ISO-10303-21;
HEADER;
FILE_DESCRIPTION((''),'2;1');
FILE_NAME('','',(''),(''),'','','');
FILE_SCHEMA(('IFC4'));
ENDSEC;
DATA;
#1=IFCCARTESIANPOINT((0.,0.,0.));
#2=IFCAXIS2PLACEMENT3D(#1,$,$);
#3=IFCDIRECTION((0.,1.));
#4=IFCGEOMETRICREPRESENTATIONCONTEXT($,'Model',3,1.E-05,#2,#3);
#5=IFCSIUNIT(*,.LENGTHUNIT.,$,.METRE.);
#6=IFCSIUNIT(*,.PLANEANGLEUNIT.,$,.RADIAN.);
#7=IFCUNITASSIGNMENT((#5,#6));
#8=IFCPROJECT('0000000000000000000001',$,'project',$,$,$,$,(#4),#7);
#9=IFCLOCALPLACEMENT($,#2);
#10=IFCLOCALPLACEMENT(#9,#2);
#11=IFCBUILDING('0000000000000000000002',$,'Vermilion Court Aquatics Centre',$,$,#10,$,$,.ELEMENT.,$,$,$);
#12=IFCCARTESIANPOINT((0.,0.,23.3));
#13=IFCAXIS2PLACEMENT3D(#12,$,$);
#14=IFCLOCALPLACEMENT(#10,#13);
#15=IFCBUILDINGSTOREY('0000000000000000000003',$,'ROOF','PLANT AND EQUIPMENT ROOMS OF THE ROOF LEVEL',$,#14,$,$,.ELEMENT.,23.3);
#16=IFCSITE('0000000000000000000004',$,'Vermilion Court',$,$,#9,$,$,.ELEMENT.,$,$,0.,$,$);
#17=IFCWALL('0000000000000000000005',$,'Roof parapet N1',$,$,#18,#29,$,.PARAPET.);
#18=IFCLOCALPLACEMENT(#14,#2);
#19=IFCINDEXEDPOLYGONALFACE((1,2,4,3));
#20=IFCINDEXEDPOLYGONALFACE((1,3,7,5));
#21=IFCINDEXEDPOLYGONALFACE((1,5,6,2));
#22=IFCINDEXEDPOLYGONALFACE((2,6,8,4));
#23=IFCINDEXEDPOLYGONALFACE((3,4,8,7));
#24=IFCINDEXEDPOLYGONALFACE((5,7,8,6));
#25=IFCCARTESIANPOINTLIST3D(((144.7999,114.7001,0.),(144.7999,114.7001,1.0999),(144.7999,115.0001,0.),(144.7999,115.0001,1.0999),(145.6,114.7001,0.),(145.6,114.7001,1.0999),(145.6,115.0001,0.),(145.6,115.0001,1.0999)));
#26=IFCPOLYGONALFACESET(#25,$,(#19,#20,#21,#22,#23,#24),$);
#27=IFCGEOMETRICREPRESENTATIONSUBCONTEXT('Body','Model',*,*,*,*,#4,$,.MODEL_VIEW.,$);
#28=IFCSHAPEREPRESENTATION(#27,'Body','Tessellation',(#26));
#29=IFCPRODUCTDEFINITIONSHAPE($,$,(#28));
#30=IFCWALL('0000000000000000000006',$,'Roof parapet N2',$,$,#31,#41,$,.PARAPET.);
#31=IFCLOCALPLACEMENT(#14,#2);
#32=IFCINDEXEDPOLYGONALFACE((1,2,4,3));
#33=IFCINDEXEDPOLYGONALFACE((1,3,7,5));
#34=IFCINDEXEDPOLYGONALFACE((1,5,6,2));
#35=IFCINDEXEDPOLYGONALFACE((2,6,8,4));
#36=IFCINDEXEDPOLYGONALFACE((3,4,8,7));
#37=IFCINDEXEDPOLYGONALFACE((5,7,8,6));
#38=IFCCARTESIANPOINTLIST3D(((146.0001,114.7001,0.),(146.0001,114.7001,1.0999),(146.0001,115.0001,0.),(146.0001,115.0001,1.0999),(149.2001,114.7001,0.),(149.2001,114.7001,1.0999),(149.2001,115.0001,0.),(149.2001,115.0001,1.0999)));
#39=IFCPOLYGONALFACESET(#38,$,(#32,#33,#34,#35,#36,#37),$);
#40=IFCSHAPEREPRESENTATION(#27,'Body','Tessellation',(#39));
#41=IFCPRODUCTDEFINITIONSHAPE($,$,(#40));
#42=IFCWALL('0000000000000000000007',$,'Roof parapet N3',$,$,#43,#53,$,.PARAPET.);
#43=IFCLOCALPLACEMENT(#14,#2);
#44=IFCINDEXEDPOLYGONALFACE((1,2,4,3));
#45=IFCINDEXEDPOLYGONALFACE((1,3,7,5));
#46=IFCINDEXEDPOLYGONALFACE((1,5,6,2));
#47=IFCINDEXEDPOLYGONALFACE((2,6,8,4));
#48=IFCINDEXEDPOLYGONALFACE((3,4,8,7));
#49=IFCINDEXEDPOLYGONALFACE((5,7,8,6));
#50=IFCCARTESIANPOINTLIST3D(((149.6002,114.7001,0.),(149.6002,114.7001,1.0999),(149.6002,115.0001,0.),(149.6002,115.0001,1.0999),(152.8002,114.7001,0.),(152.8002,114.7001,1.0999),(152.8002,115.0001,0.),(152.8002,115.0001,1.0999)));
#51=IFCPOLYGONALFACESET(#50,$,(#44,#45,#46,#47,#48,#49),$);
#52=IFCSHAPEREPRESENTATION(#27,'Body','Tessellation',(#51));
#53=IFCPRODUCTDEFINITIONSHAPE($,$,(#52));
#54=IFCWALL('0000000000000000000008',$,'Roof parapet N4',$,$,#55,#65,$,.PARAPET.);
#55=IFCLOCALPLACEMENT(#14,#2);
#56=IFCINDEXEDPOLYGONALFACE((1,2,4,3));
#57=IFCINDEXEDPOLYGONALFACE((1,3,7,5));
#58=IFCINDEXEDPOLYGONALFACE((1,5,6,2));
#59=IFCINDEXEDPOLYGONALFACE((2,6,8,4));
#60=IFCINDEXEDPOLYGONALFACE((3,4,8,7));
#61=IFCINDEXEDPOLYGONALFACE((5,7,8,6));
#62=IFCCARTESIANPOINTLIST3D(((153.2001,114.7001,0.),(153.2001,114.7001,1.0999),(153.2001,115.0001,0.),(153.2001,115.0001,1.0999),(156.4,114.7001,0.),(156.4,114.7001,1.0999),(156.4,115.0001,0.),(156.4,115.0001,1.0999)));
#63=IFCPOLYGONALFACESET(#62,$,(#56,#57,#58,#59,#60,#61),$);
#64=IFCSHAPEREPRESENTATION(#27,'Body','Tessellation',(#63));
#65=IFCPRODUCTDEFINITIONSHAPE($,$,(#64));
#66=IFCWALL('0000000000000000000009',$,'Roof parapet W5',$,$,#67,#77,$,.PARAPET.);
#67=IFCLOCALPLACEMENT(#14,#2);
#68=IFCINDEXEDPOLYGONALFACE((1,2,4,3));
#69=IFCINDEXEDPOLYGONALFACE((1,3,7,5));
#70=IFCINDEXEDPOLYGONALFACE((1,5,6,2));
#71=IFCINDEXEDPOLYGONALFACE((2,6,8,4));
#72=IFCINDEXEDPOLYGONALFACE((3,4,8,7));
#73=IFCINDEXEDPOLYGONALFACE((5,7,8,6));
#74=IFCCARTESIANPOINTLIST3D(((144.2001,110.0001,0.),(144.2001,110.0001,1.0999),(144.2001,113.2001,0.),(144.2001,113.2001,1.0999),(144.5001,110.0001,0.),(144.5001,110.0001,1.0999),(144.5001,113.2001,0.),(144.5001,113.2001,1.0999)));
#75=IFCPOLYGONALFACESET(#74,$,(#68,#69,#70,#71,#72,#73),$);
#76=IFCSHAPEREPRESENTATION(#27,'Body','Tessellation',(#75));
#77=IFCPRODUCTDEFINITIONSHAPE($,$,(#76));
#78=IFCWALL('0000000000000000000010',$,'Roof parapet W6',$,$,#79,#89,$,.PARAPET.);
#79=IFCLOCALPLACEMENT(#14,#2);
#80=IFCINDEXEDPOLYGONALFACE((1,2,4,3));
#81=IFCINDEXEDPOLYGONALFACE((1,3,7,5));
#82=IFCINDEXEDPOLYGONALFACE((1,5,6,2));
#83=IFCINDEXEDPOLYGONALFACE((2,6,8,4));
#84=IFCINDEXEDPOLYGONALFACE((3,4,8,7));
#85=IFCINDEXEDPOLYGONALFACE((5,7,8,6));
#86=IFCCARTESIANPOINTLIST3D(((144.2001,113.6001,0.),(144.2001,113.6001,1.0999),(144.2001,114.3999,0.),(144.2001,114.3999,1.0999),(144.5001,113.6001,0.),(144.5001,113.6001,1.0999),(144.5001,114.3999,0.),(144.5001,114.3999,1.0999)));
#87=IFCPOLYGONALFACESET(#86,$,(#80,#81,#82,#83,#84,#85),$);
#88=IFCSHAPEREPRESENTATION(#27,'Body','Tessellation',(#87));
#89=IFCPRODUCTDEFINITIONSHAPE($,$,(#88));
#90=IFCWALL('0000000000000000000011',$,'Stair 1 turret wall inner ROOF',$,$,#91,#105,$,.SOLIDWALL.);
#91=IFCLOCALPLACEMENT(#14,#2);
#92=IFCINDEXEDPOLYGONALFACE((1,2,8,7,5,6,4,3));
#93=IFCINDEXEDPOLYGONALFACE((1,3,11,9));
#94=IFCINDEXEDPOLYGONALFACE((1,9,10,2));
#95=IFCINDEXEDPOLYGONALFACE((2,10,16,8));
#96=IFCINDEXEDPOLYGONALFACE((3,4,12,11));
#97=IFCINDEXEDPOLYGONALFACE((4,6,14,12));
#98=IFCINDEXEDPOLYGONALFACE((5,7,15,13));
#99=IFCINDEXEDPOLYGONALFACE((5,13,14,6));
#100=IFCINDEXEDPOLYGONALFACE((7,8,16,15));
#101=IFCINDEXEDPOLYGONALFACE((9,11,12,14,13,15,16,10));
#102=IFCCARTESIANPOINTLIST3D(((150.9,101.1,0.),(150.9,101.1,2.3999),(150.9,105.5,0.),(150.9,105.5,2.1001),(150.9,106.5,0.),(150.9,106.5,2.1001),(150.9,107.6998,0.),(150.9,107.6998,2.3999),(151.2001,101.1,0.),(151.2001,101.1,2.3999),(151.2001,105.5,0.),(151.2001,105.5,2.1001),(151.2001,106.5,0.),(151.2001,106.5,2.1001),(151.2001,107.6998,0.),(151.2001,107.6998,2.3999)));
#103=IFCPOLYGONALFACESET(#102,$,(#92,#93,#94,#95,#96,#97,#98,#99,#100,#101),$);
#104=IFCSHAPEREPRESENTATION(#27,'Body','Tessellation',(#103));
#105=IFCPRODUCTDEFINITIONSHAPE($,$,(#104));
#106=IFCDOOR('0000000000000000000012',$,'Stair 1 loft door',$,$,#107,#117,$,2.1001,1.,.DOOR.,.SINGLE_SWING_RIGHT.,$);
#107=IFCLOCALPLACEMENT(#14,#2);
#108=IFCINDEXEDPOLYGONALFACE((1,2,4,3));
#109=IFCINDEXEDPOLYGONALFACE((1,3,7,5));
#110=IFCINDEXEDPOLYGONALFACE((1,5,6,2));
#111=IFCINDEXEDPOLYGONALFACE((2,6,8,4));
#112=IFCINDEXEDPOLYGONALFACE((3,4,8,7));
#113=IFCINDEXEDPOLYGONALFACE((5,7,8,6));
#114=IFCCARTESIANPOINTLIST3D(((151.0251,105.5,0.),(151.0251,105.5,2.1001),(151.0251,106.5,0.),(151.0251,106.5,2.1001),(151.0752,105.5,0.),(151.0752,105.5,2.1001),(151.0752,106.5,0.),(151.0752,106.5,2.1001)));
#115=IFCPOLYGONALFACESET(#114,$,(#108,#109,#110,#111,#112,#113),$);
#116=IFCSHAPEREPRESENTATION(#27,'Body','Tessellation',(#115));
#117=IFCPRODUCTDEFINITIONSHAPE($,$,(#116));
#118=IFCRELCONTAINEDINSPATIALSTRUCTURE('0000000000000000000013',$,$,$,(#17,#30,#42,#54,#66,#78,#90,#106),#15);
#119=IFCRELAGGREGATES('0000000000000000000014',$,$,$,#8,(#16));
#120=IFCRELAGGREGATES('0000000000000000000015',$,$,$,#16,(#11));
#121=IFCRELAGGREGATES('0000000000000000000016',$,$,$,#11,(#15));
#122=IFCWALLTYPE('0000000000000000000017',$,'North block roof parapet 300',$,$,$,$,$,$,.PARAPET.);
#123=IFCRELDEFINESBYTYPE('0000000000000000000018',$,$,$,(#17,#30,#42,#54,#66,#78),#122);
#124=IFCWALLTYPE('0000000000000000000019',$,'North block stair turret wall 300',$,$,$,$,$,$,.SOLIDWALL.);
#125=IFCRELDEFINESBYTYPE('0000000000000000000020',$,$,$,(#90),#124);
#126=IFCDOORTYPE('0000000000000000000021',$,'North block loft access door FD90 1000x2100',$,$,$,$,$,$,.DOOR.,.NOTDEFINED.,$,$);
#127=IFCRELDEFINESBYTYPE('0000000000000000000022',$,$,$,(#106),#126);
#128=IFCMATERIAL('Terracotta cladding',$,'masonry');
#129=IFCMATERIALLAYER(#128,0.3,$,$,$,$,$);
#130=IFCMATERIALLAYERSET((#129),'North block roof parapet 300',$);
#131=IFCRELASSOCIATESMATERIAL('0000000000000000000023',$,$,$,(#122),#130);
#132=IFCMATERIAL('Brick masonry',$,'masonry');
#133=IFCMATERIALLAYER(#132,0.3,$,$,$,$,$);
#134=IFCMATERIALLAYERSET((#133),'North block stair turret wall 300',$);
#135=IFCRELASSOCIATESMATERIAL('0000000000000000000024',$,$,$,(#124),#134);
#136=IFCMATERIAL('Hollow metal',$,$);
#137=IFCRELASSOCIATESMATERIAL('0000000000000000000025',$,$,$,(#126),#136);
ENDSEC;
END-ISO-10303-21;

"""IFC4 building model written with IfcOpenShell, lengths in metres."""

from ifc_helpers import new_model, si_unit, direction, frame, frame_2d, origin, place, context, subcontext, project, spatial, rectangle, extrude, material, layer, layer_set, type_object, element, fill, save


model = new_model("IFC4")

# Units and contexts
model_context = context("Model", 3, precision=1e-05, world=origin(), true_north=direction((0.0, 1.0)))
body_context = subcontext(model_context, "Body", "Model", "MODEL_VIEW")
ifc_project = project(units=[si_unit("LENGTHUNIT", "METRE"), si_unit("PLANEANGLEUNIT", "RADIAN")], contexts=[model_context])

# Site, building, storey
site_placement = place(None, origin())
site = spatial("IfcSite", under=ifc_project, at=site_placement, Name="Vermilion Court", CompositionType="ELEMENT", RefElevation=0.0)
building_placement = place(site_placement, origin())
building = spatial("IfcBuilding", under=site, at=building_placement, Name="Vermilion Court Aquatics Centre", CompositionType="ELEMENT")
storey_placement = place(building_placement, frame((0.0, 0.0, 23.3)))
storey = spatial("IfcBuildingStorey", under=building, at=storey_placement, Name="ROOF", Description="PLANT AND EQUIPMENT ROOMS OF THE ROOF LEVEL", CompositionType="ELEMENT", Elevation=23.3)

# Walls
ifc_material_1 = material(Name="Terracotta cladding", Category="masonry")
ifc_layer_1 = layer(ifc_material_1, 0.3)
ifc_layer_set_1 = layer_set([ifc_layer_1], Name="North block roof parapet 300")
wall_type_1 = type_object("IfcWallType", Name="North block roof parapet 300", PredefinedType="PARAPET", material=ifc_layer_set_1)
wall_1_placement = place(storey_placement, frame((144.8, 114.8501, 0.0), z_axis=(0.0, 0.0, 1.0), x_axis=(1.0, 0.0, 0.0)))
element("IfcWall", 1, at=wall_1_placement, inside=storey, type_object=wall_type_1, Name="Roof parapet N1", PredefinedType="PARAPET", context=body_context, shape_type="SweptSolid", body=[
    extrude(rectangle(XDim=0.8, YDim=0.3, at=frame_2d((0.3999, 0.0))), origin(), (0.0, 0.0, 1.0), 1.0999),
])
for number, where, z_axis, x_axis, name in (
    (2, (146.0, 114.8501, 0.0), (0.0, 0.0, 1.0), (1.0, 0.0, 0.0), "Roof parapet N2"),
    (3, (149.6001, 114.8501, 0.0), (0.0, 0.0, 1.0), (1.0, 0.0, 0.0), "Roof parapet N3"),
    (4, (153.2, 114.8501, 0.0), (0.0, 0.0, 1.0), (1.0, 0.0, 0.0), "Roof parapet N4"),
    (5, (144.3501, 110.0, 0.0), (0.0, 0.0, 1.0), (0.0, 1.0, 0.0), "Roof parapet W5"),
):
    element("IfcWall", number, at=place(storey_placement, frame(where, z_axis=z_axis, x_axis=x_axis)), inside=storey, type_object=wall_type_1, Name=name, PredefinedType="PARAPET", context=body_context, shape_type="SweptSolid", body=[
        extrude(rectangle(XDim=3.2, YDim=0.3, at=frame_2d((1.6001, 0.0))), origin(), (0.0, 0.0, 1.0), 1.0999),
    ])
wall_2_placement = place(storey_placement, frame((144.3501, 113.6001, 0.0), z_axis=(0.0, 0.0, 1.0), x_axis=(0.0, 1.0, 0.0)))
element("IfcWall", 6, at=wall_2_placement, inside=storey, type_object=wall_type_1, Name="Roof parapet W6", PredefinedType="PARAPET", context=body_context, shape_type="SweptSolid", body=[
    extrude(rectangle(XDim=0.7998, YDim=0.3, at=frame_2d((0.3999, 0.0))), origin(), (0.0, 0.0, 1.0), 1.0999),
])

# Wall, opening, door
ifc_material_2 = material(Name="Brick masonry", Category="masonry")
ifc_layer_2 = layer(ifc_material_2, 0.3)
ifc_layer_set_2 = layer_set([ifc_layer_2], Name="North block stair turret wall 300")
wall_type_2 = type_object("IfcWallType", Name="North block stair turret wall 300", PredefinedType="SOLIDWALL", material=ifc_layer_set_2)
wall_3_placement = place(storey_placement, frame((151.05, 101.1001, 0.0), z_axis=(0.0, 0.0, 1.0), x_axis=(0.0, 1.0, 0.0)))
wall_3 = element("IfcWall", 7, at=wall_3_placement, inside=storey, type_object=wall_type_2, Name="Stair 1 turret wall inner ROOF", PredefinedType="SOLIDWALL", context=body_context, shape_type="SweptSolid", body=[
    extrude(rectangle(XDim=6.5999, YDim=0.3, at=frame_2d((3.2998, 0.0))), origin(), (0.0, 0.0, 1.0), 2.3999),
])
opening_placement = place(wall_3_placement, frame((4.3999, 0.0, 0.0)))
opening = element("IfcOpeningElement", 8, at=opening_placement, cuts=wall_3, PredefinedType="OPENING", context=body_context, shape_type="SweptSolid", body=[
    extrude(rectangle(XDim=1.0, YDim=2.1001, at=frame_2d((0.5, 1.05))), frame((0.0, 0.1599, 0.0), z_axis=(0.0, -1.0, 0.0), x_axis=(1.0, 0.0, 0.0)), (0.0, 0.0, 1.0), 0.3201),
])
ifc_material_3 = material(Name="Hollow metal")
door_type = type_object("IfcDoorType", Name="North block loft access door FD90 1000x2100", OperationType="NOTDEFINED", PredefinedType="DOOR", material=ifc_material_3)
door_placement = place(opening_placement, frame((1.0, 0.0, 0.0), z_axis=(0.0, 0.0, 1.0), x_axis=(-1.0, 0.0, 0.0)))
door = element("IfcDoor", 9, at=door_placement, inside=storey, type_object=door_type, Name="Stair 1 loft door", OperationType="SINGLE_SWING_RIGHT", OverallHeight=2.1001, OverallWidth=1.0, PredefinedType="DOOR", context=body_context, shape_type="SweptSolid", body=[
    extrude(rectangle(XDim=1.0, YDim=2.1001, at=frame_2d((0.5, 1.05))), frame((0.0, 0.0251, 0.0), z_axis=(0.0, -1.0, 0.0), x_axis=(1.0, 0.0, 0.0)), (0.0, 0.0, 1.0), 0.05),
])
fill(opening, door)

save(model, "model.ifc")
